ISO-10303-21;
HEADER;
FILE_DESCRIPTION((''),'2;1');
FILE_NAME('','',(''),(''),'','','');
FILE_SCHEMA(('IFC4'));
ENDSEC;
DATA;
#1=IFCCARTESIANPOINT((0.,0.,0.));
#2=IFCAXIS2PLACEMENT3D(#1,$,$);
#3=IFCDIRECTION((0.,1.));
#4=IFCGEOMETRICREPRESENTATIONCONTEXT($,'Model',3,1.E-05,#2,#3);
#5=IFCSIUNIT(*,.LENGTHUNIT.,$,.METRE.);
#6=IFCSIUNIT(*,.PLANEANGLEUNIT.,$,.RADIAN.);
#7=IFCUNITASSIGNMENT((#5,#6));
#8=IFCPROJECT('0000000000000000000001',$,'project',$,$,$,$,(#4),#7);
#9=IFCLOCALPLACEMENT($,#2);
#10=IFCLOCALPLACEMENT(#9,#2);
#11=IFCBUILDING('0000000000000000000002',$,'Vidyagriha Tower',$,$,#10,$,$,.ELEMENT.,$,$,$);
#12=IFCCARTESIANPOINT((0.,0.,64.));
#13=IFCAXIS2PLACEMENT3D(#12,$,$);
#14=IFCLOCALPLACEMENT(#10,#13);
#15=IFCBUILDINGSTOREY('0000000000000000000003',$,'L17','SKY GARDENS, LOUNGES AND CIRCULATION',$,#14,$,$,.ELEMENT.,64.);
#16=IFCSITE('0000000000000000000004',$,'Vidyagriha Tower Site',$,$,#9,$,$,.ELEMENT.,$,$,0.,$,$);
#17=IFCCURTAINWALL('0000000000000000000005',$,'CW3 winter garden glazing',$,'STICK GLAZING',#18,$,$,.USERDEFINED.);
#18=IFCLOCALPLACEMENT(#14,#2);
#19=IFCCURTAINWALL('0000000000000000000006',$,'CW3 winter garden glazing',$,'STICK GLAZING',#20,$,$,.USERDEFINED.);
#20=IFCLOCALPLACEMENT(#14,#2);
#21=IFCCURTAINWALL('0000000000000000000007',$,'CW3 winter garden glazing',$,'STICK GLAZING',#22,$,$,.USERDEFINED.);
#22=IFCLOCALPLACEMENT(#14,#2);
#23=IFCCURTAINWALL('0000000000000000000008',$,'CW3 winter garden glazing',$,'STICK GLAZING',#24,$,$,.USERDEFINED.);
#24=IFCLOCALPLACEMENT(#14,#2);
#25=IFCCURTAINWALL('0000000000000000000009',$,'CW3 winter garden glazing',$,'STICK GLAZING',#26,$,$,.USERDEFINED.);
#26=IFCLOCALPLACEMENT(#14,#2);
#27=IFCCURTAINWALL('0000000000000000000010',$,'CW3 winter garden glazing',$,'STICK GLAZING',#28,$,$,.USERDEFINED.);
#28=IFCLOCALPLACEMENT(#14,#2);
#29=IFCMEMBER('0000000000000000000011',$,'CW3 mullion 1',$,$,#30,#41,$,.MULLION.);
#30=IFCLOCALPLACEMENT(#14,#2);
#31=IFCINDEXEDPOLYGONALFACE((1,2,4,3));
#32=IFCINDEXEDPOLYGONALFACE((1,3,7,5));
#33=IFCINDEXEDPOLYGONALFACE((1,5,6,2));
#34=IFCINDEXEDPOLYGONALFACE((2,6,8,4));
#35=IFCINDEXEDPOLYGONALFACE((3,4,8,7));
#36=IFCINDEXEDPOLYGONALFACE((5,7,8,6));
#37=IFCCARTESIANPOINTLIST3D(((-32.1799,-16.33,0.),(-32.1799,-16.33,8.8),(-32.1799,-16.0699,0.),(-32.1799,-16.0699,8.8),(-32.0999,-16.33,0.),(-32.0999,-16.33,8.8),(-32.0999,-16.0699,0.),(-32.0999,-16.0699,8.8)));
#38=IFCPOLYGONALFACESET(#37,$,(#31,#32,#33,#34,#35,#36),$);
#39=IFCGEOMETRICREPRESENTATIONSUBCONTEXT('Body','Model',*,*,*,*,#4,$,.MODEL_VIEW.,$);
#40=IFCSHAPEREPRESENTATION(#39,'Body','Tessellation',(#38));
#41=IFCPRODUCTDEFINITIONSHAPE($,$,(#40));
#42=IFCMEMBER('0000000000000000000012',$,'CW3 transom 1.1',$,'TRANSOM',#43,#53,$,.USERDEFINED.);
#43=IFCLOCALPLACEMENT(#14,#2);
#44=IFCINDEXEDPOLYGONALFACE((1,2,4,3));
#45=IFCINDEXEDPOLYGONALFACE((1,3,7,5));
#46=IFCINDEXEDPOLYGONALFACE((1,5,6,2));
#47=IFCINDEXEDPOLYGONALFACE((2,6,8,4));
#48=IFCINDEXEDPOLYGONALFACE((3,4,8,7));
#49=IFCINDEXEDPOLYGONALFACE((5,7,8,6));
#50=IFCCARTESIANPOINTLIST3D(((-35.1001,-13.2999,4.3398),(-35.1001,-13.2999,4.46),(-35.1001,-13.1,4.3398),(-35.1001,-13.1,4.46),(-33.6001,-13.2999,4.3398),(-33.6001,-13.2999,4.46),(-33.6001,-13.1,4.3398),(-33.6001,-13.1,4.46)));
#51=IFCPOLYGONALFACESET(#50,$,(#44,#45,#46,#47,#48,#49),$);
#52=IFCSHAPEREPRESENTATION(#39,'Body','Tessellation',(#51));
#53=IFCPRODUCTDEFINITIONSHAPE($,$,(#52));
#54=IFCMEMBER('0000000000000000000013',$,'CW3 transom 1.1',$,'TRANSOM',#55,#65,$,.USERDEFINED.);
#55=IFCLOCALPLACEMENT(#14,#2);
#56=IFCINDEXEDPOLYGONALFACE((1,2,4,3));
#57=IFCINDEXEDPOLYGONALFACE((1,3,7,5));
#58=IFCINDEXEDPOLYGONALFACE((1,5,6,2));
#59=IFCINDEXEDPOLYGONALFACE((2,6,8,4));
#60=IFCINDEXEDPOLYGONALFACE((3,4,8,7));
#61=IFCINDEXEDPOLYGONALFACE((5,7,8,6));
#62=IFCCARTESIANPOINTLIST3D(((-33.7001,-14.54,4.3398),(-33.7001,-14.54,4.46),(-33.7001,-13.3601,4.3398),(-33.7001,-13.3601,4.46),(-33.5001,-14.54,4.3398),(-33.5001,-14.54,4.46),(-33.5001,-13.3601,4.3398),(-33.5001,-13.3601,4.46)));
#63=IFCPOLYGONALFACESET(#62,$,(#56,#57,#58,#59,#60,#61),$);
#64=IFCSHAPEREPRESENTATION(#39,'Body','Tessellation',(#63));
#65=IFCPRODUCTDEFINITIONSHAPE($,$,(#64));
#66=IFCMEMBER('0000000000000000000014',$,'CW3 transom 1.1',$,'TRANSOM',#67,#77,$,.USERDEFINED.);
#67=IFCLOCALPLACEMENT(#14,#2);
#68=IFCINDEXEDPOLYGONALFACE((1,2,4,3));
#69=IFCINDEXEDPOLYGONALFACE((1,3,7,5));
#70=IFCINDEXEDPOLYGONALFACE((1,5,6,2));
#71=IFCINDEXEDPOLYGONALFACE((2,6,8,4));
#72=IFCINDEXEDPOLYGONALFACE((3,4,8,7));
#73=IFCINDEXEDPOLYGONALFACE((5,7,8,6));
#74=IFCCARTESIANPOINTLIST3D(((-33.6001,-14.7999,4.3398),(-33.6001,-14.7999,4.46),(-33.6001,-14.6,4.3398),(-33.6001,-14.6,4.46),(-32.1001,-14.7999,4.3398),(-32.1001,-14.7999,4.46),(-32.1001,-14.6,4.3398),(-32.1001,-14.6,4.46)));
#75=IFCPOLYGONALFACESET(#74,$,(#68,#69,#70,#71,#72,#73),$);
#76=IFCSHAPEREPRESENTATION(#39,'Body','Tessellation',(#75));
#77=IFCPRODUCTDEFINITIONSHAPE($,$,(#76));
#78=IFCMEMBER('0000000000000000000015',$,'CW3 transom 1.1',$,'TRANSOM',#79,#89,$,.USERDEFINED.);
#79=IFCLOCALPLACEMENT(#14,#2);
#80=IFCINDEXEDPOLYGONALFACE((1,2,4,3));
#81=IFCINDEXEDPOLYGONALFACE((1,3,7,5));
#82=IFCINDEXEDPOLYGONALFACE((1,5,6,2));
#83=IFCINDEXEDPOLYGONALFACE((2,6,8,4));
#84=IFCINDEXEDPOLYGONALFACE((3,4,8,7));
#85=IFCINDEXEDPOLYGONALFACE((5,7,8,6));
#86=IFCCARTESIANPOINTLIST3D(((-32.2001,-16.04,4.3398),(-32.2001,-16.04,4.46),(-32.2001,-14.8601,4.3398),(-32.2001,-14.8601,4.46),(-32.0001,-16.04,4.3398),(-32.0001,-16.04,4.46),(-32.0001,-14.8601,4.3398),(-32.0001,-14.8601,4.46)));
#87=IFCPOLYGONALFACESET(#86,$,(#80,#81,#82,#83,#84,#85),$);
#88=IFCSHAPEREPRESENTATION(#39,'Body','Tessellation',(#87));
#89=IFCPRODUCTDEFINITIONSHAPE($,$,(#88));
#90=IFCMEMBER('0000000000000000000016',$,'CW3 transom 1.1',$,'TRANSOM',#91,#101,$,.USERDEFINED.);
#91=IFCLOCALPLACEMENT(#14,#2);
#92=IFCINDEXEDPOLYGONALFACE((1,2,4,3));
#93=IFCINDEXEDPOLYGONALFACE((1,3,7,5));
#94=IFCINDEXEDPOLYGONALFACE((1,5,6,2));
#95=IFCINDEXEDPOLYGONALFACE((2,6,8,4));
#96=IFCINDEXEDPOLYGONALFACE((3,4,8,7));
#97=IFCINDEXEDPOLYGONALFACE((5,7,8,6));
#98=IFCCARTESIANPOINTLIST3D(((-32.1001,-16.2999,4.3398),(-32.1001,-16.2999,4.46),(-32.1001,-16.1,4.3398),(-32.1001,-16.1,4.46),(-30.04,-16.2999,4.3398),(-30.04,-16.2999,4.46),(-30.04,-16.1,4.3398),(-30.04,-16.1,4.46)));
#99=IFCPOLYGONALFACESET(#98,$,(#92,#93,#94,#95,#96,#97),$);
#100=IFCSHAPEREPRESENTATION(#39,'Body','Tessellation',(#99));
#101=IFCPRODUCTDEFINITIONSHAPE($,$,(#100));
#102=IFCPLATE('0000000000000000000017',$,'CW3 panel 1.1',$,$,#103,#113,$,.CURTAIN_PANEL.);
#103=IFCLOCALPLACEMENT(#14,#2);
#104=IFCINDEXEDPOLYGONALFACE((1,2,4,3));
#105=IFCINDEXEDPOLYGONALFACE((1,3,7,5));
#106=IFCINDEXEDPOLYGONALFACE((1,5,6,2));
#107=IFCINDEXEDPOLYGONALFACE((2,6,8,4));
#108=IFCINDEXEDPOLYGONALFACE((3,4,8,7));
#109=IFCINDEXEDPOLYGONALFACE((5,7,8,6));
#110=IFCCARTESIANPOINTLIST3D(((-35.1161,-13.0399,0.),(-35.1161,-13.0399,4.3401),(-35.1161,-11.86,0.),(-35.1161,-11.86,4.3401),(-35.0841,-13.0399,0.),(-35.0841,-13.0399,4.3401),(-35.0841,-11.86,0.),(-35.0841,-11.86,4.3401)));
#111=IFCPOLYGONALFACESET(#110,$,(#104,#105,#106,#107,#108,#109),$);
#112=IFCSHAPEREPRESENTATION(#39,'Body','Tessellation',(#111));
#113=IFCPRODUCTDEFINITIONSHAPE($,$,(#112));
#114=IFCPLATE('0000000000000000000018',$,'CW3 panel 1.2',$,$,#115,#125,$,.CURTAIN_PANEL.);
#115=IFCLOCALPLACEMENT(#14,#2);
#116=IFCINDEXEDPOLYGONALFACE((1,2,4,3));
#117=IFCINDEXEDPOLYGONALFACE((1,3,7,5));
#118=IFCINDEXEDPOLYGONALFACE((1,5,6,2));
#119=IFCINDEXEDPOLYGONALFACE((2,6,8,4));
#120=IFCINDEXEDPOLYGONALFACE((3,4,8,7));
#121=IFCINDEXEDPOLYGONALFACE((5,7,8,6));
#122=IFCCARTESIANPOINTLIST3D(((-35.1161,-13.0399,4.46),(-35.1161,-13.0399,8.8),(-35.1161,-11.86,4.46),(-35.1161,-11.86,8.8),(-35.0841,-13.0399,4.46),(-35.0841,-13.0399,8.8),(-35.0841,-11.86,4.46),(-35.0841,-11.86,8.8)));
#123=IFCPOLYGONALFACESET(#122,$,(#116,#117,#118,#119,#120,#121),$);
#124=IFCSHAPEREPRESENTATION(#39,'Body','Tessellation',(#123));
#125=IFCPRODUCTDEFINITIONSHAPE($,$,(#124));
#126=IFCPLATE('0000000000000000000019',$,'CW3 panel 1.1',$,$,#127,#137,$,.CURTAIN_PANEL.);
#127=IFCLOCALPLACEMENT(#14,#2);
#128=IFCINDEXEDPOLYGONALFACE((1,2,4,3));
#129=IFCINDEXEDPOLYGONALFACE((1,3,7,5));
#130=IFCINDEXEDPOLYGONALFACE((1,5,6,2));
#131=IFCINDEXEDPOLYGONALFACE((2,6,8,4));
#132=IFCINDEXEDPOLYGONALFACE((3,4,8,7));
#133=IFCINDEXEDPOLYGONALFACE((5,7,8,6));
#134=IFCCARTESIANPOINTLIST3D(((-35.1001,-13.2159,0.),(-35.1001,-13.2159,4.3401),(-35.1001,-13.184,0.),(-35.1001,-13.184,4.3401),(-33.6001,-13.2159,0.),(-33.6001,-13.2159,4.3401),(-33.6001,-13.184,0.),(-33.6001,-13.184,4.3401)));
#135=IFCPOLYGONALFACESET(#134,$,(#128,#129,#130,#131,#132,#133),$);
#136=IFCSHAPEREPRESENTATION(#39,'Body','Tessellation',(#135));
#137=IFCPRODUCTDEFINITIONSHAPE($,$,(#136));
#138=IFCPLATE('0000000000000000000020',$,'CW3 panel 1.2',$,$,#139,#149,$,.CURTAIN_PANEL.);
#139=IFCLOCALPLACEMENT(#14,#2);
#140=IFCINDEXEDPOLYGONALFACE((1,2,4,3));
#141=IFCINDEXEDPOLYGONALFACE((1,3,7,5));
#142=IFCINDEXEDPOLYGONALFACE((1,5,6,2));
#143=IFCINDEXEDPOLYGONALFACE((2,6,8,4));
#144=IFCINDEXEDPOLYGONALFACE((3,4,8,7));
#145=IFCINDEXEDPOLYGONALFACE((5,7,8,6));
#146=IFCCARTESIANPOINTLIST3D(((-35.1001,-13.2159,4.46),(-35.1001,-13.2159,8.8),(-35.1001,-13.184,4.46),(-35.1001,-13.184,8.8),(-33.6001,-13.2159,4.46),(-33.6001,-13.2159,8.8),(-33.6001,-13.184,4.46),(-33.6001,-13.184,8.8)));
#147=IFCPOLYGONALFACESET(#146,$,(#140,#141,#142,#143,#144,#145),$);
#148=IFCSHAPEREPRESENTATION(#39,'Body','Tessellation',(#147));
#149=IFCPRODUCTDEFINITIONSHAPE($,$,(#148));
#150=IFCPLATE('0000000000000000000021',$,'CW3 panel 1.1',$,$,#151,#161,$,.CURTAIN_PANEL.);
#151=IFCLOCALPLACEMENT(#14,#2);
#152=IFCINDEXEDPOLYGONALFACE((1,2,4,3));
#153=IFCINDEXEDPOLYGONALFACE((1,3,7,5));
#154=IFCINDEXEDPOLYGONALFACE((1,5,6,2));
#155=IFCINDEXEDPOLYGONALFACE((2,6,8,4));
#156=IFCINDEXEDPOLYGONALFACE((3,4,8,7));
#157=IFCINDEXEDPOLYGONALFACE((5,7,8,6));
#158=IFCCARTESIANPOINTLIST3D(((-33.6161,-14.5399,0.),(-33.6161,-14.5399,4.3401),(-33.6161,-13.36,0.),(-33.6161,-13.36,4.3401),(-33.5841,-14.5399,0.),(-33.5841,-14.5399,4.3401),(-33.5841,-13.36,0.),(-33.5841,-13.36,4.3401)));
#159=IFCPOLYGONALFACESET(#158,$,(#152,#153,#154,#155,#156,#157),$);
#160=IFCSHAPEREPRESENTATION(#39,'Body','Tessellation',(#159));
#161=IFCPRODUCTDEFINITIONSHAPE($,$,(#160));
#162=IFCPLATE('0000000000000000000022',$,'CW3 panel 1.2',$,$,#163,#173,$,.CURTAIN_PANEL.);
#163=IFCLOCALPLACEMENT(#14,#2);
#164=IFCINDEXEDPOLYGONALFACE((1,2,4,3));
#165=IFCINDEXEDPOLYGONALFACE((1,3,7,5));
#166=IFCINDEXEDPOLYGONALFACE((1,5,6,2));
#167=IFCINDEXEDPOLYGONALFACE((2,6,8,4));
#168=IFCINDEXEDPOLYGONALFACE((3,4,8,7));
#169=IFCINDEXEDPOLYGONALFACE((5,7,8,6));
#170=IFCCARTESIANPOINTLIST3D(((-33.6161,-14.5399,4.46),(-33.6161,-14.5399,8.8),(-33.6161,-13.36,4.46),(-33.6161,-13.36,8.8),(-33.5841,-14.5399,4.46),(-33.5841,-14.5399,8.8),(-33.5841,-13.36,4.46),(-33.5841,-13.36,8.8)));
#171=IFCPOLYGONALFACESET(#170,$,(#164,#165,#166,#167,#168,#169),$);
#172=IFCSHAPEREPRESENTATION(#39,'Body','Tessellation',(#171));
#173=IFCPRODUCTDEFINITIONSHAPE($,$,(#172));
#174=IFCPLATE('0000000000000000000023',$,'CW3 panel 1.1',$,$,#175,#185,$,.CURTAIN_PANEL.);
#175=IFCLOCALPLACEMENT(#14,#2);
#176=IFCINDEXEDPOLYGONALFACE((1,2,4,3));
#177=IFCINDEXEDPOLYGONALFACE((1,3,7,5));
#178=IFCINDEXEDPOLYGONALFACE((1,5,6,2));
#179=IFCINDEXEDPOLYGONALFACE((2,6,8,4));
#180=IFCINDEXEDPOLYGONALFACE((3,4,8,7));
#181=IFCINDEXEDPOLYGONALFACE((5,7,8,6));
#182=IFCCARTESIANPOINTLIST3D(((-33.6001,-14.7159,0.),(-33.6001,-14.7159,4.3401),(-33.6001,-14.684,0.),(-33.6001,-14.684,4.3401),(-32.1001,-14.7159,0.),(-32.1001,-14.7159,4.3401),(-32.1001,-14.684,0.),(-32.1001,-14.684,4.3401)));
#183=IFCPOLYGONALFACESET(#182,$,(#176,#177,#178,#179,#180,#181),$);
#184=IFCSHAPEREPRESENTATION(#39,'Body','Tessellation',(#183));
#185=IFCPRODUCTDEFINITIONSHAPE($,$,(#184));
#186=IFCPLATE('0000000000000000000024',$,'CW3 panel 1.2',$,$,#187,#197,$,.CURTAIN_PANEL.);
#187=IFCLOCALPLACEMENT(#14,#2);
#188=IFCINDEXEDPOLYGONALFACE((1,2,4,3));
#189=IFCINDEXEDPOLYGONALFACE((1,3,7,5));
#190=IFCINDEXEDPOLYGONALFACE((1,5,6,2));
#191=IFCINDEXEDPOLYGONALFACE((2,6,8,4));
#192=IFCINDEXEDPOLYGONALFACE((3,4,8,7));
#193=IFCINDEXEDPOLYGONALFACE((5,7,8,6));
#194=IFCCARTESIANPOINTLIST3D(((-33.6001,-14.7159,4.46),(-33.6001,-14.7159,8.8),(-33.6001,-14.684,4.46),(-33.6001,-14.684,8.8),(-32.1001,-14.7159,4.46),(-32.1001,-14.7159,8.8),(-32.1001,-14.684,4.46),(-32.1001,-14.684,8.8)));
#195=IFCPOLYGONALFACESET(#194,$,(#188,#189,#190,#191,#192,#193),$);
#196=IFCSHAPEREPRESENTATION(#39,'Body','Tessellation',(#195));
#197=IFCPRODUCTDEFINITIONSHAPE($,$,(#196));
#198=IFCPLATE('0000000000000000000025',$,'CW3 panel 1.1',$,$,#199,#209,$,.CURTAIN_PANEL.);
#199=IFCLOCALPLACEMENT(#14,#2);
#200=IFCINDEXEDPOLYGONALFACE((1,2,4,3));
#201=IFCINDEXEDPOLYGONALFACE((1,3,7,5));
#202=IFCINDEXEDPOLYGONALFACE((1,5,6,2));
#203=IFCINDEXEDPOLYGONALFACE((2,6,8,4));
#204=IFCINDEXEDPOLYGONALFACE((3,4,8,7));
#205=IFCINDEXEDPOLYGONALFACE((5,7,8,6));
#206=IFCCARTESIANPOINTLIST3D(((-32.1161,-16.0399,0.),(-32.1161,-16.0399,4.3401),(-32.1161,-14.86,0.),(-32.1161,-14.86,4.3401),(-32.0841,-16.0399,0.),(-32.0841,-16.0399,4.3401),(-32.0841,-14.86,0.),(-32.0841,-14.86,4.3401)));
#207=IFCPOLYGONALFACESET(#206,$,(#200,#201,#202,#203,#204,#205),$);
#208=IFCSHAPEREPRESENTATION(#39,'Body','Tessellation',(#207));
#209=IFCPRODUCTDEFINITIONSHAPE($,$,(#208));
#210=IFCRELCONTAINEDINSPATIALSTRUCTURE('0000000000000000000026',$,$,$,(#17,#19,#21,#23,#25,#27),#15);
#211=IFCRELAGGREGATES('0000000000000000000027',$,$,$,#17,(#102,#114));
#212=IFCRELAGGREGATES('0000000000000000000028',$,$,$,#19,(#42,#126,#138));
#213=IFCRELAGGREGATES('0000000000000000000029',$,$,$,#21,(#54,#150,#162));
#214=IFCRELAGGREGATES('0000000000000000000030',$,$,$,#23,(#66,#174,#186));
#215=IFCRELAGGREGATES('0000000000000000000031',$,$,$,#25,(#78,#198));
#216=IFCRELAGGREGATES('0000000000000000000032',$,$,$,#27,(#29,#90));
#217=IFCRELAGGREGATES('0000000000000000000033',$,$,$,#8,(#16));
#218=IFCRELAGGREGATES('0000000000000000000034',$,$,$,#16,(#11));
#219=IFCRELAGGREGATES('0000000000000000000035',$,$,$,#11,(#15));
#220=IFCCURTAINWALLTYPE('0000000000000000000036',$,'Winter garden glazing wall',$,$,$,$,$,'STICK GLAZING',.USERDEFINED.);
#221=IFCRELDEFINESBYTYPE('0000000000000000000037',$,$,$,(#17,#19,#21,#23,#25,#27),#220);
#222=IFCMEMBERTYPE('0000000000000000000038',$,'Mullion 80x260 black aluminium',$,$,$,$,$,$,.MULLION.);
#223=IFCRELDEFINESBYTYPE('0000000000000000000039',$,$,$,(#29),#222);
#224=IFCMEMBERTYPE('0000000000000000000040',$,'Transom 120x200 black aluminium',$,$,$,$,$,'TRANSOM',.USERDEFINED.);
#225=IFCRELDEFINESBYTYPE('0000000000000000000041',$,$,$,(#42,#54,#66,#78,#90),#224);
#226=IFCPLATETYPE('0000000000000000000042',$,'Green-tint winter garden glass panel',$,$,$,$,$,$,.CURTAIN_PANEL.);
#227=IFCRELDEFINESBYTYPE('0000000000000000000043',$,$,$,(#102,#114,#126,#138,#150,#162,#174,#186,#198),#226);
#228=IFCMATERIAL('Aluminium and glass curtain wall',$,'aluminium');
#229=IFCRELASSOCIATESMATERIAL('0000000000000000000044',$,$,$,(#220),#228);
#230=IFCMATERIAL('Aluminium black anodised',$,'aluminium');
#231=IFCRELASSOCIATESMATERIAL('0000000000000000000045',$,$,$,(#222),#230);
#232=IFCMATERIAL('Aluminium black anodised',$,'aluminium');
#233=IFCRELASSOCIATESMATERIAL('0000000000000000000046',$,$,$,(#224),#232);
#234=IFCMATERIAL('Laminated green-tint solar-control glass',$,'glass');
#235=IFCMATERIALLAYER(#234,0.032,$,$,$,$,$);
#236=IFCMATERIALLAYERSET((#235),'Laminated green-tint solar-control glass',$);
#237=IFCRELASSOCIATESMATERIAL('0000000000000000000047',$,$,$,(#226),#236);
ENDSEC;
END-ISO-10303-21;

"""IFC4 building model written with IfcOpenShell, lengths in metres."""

from ifc_helpers import new_model, si_unit, direction, frame, origin, origin_2d, place, context, subcontext, project, spatial, rectangle, extrude, material, layer, layer_set, material_profile, profile_set, type_object, element, aggregate, save


model = new_model("IFC4")

# Units and contexts
model_context = context("Model", 3, precision=1e-05, world=origin(), true_north=direction((0.0, 1.0)))
body_context = subcontext(model_context, "Body", "Model", "MODEL_VIEW")
ifc_project = project(units=[si_unit("LENGTHUNIT", "METRE"), si_unit("PLANEANGLEUNIT", "RADIAN")], contexts=[model_context])

# Site, building, storey
site_placement = place(None, origin())
site = spatial("IfcSite", under=ifc_project, at=site_placement, Name="Vidyagriha Tower Site", CompositionType="ELEMENT", RefElevation=0.0)
building_placement = place(site_placement, origin())
building = spatial("IfcBuilding", under=site, at=building_placement, Name="Vidyagriha Tower", CompositionType="ELEMENT")
storey_placement = place(building_placement, frame((0.0, 0.0, 64.0)))
storey = spatial("IfcBuildingStorey", under=building, at=storey_placement, Name="L17", Description="SKY GARDENS, LOUNGES AND CIRCULATION", CompositionType="ELEMENT", Elevation=64.0)

# Curtain wall
ifc_material_1 = material(Name="Aluminium and glass curtain wall", Category="aluminium")
curtain_wall_type = type_object("IfcCurtainWallType", Name="Winter garden glazing wall", ElementType="STICK GLAZING", PredefinedType="USERDEFINED", material=ifc_material_1)
curtain_wall_1_placement = place(storey_placement, origin())
curtain_wall_1 = element("IfcCurtainWall", 1, at=curtain_wall_1_placement, inside=storey, type_object=curtain_wall_type, Name="CW3 winter garden glazing", ObjectType="STICK GLAZING", PredefinedType="USERDEFINED")
ifc_material_2 = material(Name="Aluminium black anodised", Category="aluminium")
ifc_material_profile_1 = material_profile(ifc_material_2, rectangle(XDim=0.26, YDim=0.0801, at=origin_2d()), Name="Mullion 80x260 black aluminium")
ifc_profile_set_1 = profile_set([ifc_material_profile_1], Name="Aluminium black anodised")
member_type_1 = type_object("IfcMemberType", Name="Mullion 80x260 black aluminium", PredefinedType="MULLION", material=ifc_profile_set_1)

# Curtain walls
curtain_wall_2_placement = place(storey_placement, origin())
curtain_wall_2 = element("IfcCurtainWall", 2, at=curtain_wall_2_placement, inside=storey, type_object=curtain_wall_type, Name="CW3 winter garden glazing", ObjectType="STICK GLAZING", PredefinedType="USERDEFINED")
curtain_wall_3_placement = place(storey_placement, origin())
curtain_wall_3 = element("IfcCurtainWall", 3, at=curtain_wall_3_placement, inside=storey, type_object=curtain_wall_type, Name="CW3 winter garden glazing", ObjectType="STICK GLAZING", PredefinedType="USERDEFINED")
curtain_wall_4_placement = place(storey_placement, origin())
curtain_wall_4 = element("IfcCurtainWall", 4, at=curtain_wall_4_placement, inside=storey, type_object=curtain_wall_type, Name="CW3 winter garden glazing", ObjectType="STICK GLAZING", PredefinedType="USERDEFINED")
curtain_wall_5_placement = place(storey_placement, origin())
curtain_wall_5 = element("IfcCurtainWall", 5, at=curtain_wall_5_placement, inside=storey, type_object=curtain_wall_type, Name="CW3 winter garden glazing", ObjectType="STICK GLAZING", PredefinedType="USERDEFINED")

# Curtain wall, member
curtain_wall_6_placement = place(storey_placement, origin())
curtain_wall_6 = element("IfcCurtainWall", 6, at=curtain_wall_6_placement, inside=storey, type_object=curtain_wall_type, Name="CW3 winter garden glazing", ObjectType="STICK GLAZING", PredefinedType="USERDEFINED")
member_1_placement = place(storey_placement, frame((-32.1399, -16.2, 0.0), z_axis=(0.0, 0.0, 1.0), x_axis=(0.0, 1.0, 0.0)))
member_1 = element("IfcMember", 7, at=member_1_placement, type_object=member_type_1, Name="CW3 mullion 1", PredefinedType="MULLION", context=body_context, shape_type="SweptSolid", body=[
    extrude(rectangle(XDim=0.26, YDim=0.0801, at=origin_2d()), origin(), (0.0, 0.0, 1.0), 8.8),
])

# Members
ifc_material_3 = material(Name="Aluminium black anodised", Category="aluminium")
ifc_material_profile_2 = material_profile(ifc_material_3, rectangle(XDim=0.2, YDim=0.1201, at=origin_2d()), Name="Transom 120x200 black aluminium")
ifc_profile_set_2 = profile_set([ifc_material_profile_2], Name="Aluminium black anodised")
member_type_2 = type_object("IfcMemberType", Name="Transom 120x200 black aluminium", ElementType="TRANSOM", PredefinedType="USERDEFINED", material=ifc_profile_set_2)
member_2_placement = place(storey_placement, frame((-35.1001, -13.2, 4.3999), z_axis=(1.0, 0.0, 0.0), x_axis=(0.0, 1.0, 0.0)))
member_2 = element("IfcMember", 8, at=member_2_placement, type_object=member_type_2, Name="CW3 transom 1.1", ObjectType="TRANSOM", PredefinedType="USERDEFINED", context=body_context, shape_type="SweptSolid", body=[
    extrude(rectangle(XDim=0.2, YDim=0.1201, at=origin_2d()), origin(), (0.0, 0.0, 1.0), 1.5),
])
member_3_placement = place(storey_placement, frame((-33.6001, -13.3601, 4.3999), z_axis=(0.0, -1.0, 0.0), x_axis=(1.0, 0.0, 0.0)))
member_3 = element("IfcMember", 9, at=member_3_placement, type_object=member_type_2, Name="CW3 transom 1.1", ObjectType="TRANSOM", PredefinedType="USERDEFINED", context=body_context, shape_type="SweptSolid", body=[
    extrude(rectangle(XDim=0.2, YDim=0.1201, at=origin_2d()), origin(), (0.0, 0.0, 1.0), 1.1799),
])
member_4_placement = place(storey_placement, frame((-33.6001, -14.7, 4.3999), z_axis=(1.0, 0.0, 0.0), x_axis=(0.0, 1.0, 0.0)))
member_4 = element("IfcMember", 10, at=member_4_placement, type_object=member_type_2, Name="CW3 transom 1.1", ObjectType="TRANSOM", PredefinedType="USERDEFINED", context=body_context, shape_type="SweptSolid", body=[
    extrude(rectangle(XDim=0.2, YDim=0.1201, at=origin_2d()), origin(), (0.0, 0.0, 1.0), 1.5),
])
member_5_placement = place(storey_placement, frame((-32.1001, -14.8601, 4.3999), z_axis=(0.0, -1.0, 0.0), x_axis=(1.0, 0.0, 0.0)))
member_5 = element("IfcMember", 11, at=member_5_placement, type_object=member_type_2, Name="CW3 transom 1.1", ObjectType="TRANSOM", PredefinedType="USERDEFINED", context=body_context, shape_type="SweptSolid", body=[
    extrude(rectangle(XDim=0.2, YDim=0.1201, at=origin_2d()), origin(), (0.0, 0.0, 1.0), 1.1799),
])
member_6_placement = place(storey_placement, frame((-32.1001, -16.2, 4.3999), z_axis=(1.0, 0.0, 0.0), x_axis=(0.0, 1.0, 0.0)))
member_6 = element("IfcMember", 12, at=member_6_placement, type_object=member_type_2, Name="CW3 transom 1.1", ObjectType="TRANSOM", PredefinedType="USERDEFINED", context=body_context, shape_type="SweptSolid", body=[
    extrude(rectangle(XDim=0.2, YDim=0.1201, at=origin_2d()), origin(), (0.0, 0.0, 1.0), 2.0601),
])

# Plates
ifc_material_4 = material(Name="Laminated green-tint solar-control glass", Category="glass")
ifc_layer_1 = layer(ifc_material_4, 0.032)
ifc_layer_set_1 = layer_set([ifc_layer_1], Name="Laminated green-tint solar-control glass")
plate_type = type_object("IfcPlateType", Name="Green-tint winter garden glass panel", PredefinedType="CURTAIN_PANEL", material=ifc_layer_set_1)
plate_1_placement = place(storey_placement, frame((-35.1001, -12.45, 0.0), z_axis=(0.0, 0.0, 1.0), x_axis=(0.0, -1.0, 0.0)))
plate_1 = element("IfcPlate", 13, at=plate_1_placement, type_object=plate_type, Name="CW3 panel 1.1", PredefinedType="CURTAIN_PANEL", context=body_context, shape_type="SweptSolid", body=[
    extrude(rectangle(XDim=1.1799, YDim=0.032, at=origin_2d()), origin(), (0.0, 0.0, 1.0), 4.3401),
])
plate_2_placement = place(storey_placement, frame((-35.1001, -12.45, 4.46), z_axis=(0.0, 0.0, 1.0), x_axis=(0.0, -1.0, 0.0)))
plate_2 = element("IfcPlate", 14, at=plate_2_placement, type_object=plate_type, Name="CW3 panel 1.2", PredefinedType="CURTAIN_PANEL", context=body_context, shape_type="SweptSolid", body=[
    extrude(rectangle(XDim=1.1799, YDim=0.032, at=origin_2d()), origin(), (0.0, 0.0, 1.0), 4.3401),
])
aggregate(curtain_wall_1, [plate_1, plate_2])
plate_3_placement = place(storey_placement, frame((-34.3501, -13.2, 0.0)))
plate_3 = element("IfcPlate", 15, at=plate_3_placement, type_object=plate_type, Name="CW3 panel 1.1", PredefinedType="CURTAIN_PANEL", context=body_context, shape_type="SweptSolid", body=[
    extrude(rectangle(XDim=1.5, YDim=0.032, at=origin_2d()), origin(), (0.0, 0.0, 1.0), 4.3401),
])
plate_4_placement = place(storey_placement, frame((-34.3501, -13.2, 4.46)))
plate_4 = element("IfcPlate", 16, at=plate_4_placement, type_object=plate_type, Name="CW3 panel 1.2", PredefinedType="CURTAIN_PANEL", context=body_context, shape_type="SweptSolid", body=[
    extrude(rectangle(XDim=1.5, YDim=0.032, at=origin_2d()), origin(), (0.0, 0.0, 1.0), 4.3401),
])
aggregate(curtain_wall_2, [member_2, plate_3, plate_4])
plate_5_placement = place(storey_placement, frame((-33.6001, -13.95, 0.0), z_axis=(0.0, 0.0, 1.0), x_axis=(0.0, -1.0, 0.0)))
plate_5 = element("IfcPlate", 17, at=plate_5_placement, type_object=plate_type, Name="CW3 panel 1.1", PredefinedType="CURTAIN_PANEL", context=body_context, shape_type="SweptSolid", body=[
    extrude(rectangle(XDim=1.1799, YDim=0.032, at=origin_2d()), origin(), (0.0, 0.0, 1.0), 4.3401),
])
plate_6_placement = place(storey_placement, frame((-33.6001, -13.95, 4.46), z_axis=(0.0, 0.0, 1.0), x_axis=(0.0, -1.0, 0.0)))
plate_6 = element("IfcPlate", 18, at=plate_6_placement, type_object=plate_type, Name="CW3 panel 1.2", PredefinedType="CURTAIN_PANEL", context=body_context, shape_type="SweptSolid", body=[
    extrude(rectangle(XDim=1.1799, YDim=0.032, at=origin_2d()), origin(), (0.0, 0.0, 1.0), 4.3401),
])
aggregate(curtain_wall_3, [member_3, plate_5, plate_6])
plate_7_placement = place(storey_placement, frame((-32.8501, -14.7, 0.0)))
plate_7 = element("IfcPlate", 19, at=plate_7_placement, type_object=plate_type, Name="CW3 panel 1.1", PredefinedType="CURTAIN_PANEL", context=body_context, shape_type="SweptSolid", body=[
    extrude(rectangle(XDim=1.5, YDim=0.032, at=origin_2d()), origin(), (0.0, 0.0, 1.0), 4.3401),
])
plate_8_placement = place(storey_placement, frame((-32.8501, -14.7, 4.46)))
plate_8 = element("IfcPlate", 20, at=plate_8_placement, type_object=plate_type, Name="CW3 panel 1.2", PredefinedType="CURTAIN_PANEL", context=body_context, shape_type="SweptSolid", body=[
    extrude(rectangle(XDim=1.5, YDim=0.032, at=origin_2d()), origin(), (0.0, 0.0, 1.0), 4.3401),
])
aggregate(curtain_wall_4, [member_4, plate_7, plate_8])
plate_9_placement = place(storey_placement, frame((-32.1001, -15.45, 0.0), z_axis=(0.0, 0.0, 1.0), x_axis=(0.0, -1.0, 0.0)))
plate_9 = element("IfcPlate", 21, at=plate_9_placement, type_object=plate_type, Name="CW3 panel 1.1", PredefinedType="CURTAIN_PANEL", context=body_context, shape_type="SweptSolid", body=[
    extrude(rectangle(XDim=1.1799, YDim=0.032, at=origin_2d()), origin(), (0.0, 0.0, 1.0), 4.3401),
])
aggregate(curtain_wall_5, [member_5, plate_9])
aggregate(curtain_wall_6, [member_1, member_6])

save(model, "model.ifc")
